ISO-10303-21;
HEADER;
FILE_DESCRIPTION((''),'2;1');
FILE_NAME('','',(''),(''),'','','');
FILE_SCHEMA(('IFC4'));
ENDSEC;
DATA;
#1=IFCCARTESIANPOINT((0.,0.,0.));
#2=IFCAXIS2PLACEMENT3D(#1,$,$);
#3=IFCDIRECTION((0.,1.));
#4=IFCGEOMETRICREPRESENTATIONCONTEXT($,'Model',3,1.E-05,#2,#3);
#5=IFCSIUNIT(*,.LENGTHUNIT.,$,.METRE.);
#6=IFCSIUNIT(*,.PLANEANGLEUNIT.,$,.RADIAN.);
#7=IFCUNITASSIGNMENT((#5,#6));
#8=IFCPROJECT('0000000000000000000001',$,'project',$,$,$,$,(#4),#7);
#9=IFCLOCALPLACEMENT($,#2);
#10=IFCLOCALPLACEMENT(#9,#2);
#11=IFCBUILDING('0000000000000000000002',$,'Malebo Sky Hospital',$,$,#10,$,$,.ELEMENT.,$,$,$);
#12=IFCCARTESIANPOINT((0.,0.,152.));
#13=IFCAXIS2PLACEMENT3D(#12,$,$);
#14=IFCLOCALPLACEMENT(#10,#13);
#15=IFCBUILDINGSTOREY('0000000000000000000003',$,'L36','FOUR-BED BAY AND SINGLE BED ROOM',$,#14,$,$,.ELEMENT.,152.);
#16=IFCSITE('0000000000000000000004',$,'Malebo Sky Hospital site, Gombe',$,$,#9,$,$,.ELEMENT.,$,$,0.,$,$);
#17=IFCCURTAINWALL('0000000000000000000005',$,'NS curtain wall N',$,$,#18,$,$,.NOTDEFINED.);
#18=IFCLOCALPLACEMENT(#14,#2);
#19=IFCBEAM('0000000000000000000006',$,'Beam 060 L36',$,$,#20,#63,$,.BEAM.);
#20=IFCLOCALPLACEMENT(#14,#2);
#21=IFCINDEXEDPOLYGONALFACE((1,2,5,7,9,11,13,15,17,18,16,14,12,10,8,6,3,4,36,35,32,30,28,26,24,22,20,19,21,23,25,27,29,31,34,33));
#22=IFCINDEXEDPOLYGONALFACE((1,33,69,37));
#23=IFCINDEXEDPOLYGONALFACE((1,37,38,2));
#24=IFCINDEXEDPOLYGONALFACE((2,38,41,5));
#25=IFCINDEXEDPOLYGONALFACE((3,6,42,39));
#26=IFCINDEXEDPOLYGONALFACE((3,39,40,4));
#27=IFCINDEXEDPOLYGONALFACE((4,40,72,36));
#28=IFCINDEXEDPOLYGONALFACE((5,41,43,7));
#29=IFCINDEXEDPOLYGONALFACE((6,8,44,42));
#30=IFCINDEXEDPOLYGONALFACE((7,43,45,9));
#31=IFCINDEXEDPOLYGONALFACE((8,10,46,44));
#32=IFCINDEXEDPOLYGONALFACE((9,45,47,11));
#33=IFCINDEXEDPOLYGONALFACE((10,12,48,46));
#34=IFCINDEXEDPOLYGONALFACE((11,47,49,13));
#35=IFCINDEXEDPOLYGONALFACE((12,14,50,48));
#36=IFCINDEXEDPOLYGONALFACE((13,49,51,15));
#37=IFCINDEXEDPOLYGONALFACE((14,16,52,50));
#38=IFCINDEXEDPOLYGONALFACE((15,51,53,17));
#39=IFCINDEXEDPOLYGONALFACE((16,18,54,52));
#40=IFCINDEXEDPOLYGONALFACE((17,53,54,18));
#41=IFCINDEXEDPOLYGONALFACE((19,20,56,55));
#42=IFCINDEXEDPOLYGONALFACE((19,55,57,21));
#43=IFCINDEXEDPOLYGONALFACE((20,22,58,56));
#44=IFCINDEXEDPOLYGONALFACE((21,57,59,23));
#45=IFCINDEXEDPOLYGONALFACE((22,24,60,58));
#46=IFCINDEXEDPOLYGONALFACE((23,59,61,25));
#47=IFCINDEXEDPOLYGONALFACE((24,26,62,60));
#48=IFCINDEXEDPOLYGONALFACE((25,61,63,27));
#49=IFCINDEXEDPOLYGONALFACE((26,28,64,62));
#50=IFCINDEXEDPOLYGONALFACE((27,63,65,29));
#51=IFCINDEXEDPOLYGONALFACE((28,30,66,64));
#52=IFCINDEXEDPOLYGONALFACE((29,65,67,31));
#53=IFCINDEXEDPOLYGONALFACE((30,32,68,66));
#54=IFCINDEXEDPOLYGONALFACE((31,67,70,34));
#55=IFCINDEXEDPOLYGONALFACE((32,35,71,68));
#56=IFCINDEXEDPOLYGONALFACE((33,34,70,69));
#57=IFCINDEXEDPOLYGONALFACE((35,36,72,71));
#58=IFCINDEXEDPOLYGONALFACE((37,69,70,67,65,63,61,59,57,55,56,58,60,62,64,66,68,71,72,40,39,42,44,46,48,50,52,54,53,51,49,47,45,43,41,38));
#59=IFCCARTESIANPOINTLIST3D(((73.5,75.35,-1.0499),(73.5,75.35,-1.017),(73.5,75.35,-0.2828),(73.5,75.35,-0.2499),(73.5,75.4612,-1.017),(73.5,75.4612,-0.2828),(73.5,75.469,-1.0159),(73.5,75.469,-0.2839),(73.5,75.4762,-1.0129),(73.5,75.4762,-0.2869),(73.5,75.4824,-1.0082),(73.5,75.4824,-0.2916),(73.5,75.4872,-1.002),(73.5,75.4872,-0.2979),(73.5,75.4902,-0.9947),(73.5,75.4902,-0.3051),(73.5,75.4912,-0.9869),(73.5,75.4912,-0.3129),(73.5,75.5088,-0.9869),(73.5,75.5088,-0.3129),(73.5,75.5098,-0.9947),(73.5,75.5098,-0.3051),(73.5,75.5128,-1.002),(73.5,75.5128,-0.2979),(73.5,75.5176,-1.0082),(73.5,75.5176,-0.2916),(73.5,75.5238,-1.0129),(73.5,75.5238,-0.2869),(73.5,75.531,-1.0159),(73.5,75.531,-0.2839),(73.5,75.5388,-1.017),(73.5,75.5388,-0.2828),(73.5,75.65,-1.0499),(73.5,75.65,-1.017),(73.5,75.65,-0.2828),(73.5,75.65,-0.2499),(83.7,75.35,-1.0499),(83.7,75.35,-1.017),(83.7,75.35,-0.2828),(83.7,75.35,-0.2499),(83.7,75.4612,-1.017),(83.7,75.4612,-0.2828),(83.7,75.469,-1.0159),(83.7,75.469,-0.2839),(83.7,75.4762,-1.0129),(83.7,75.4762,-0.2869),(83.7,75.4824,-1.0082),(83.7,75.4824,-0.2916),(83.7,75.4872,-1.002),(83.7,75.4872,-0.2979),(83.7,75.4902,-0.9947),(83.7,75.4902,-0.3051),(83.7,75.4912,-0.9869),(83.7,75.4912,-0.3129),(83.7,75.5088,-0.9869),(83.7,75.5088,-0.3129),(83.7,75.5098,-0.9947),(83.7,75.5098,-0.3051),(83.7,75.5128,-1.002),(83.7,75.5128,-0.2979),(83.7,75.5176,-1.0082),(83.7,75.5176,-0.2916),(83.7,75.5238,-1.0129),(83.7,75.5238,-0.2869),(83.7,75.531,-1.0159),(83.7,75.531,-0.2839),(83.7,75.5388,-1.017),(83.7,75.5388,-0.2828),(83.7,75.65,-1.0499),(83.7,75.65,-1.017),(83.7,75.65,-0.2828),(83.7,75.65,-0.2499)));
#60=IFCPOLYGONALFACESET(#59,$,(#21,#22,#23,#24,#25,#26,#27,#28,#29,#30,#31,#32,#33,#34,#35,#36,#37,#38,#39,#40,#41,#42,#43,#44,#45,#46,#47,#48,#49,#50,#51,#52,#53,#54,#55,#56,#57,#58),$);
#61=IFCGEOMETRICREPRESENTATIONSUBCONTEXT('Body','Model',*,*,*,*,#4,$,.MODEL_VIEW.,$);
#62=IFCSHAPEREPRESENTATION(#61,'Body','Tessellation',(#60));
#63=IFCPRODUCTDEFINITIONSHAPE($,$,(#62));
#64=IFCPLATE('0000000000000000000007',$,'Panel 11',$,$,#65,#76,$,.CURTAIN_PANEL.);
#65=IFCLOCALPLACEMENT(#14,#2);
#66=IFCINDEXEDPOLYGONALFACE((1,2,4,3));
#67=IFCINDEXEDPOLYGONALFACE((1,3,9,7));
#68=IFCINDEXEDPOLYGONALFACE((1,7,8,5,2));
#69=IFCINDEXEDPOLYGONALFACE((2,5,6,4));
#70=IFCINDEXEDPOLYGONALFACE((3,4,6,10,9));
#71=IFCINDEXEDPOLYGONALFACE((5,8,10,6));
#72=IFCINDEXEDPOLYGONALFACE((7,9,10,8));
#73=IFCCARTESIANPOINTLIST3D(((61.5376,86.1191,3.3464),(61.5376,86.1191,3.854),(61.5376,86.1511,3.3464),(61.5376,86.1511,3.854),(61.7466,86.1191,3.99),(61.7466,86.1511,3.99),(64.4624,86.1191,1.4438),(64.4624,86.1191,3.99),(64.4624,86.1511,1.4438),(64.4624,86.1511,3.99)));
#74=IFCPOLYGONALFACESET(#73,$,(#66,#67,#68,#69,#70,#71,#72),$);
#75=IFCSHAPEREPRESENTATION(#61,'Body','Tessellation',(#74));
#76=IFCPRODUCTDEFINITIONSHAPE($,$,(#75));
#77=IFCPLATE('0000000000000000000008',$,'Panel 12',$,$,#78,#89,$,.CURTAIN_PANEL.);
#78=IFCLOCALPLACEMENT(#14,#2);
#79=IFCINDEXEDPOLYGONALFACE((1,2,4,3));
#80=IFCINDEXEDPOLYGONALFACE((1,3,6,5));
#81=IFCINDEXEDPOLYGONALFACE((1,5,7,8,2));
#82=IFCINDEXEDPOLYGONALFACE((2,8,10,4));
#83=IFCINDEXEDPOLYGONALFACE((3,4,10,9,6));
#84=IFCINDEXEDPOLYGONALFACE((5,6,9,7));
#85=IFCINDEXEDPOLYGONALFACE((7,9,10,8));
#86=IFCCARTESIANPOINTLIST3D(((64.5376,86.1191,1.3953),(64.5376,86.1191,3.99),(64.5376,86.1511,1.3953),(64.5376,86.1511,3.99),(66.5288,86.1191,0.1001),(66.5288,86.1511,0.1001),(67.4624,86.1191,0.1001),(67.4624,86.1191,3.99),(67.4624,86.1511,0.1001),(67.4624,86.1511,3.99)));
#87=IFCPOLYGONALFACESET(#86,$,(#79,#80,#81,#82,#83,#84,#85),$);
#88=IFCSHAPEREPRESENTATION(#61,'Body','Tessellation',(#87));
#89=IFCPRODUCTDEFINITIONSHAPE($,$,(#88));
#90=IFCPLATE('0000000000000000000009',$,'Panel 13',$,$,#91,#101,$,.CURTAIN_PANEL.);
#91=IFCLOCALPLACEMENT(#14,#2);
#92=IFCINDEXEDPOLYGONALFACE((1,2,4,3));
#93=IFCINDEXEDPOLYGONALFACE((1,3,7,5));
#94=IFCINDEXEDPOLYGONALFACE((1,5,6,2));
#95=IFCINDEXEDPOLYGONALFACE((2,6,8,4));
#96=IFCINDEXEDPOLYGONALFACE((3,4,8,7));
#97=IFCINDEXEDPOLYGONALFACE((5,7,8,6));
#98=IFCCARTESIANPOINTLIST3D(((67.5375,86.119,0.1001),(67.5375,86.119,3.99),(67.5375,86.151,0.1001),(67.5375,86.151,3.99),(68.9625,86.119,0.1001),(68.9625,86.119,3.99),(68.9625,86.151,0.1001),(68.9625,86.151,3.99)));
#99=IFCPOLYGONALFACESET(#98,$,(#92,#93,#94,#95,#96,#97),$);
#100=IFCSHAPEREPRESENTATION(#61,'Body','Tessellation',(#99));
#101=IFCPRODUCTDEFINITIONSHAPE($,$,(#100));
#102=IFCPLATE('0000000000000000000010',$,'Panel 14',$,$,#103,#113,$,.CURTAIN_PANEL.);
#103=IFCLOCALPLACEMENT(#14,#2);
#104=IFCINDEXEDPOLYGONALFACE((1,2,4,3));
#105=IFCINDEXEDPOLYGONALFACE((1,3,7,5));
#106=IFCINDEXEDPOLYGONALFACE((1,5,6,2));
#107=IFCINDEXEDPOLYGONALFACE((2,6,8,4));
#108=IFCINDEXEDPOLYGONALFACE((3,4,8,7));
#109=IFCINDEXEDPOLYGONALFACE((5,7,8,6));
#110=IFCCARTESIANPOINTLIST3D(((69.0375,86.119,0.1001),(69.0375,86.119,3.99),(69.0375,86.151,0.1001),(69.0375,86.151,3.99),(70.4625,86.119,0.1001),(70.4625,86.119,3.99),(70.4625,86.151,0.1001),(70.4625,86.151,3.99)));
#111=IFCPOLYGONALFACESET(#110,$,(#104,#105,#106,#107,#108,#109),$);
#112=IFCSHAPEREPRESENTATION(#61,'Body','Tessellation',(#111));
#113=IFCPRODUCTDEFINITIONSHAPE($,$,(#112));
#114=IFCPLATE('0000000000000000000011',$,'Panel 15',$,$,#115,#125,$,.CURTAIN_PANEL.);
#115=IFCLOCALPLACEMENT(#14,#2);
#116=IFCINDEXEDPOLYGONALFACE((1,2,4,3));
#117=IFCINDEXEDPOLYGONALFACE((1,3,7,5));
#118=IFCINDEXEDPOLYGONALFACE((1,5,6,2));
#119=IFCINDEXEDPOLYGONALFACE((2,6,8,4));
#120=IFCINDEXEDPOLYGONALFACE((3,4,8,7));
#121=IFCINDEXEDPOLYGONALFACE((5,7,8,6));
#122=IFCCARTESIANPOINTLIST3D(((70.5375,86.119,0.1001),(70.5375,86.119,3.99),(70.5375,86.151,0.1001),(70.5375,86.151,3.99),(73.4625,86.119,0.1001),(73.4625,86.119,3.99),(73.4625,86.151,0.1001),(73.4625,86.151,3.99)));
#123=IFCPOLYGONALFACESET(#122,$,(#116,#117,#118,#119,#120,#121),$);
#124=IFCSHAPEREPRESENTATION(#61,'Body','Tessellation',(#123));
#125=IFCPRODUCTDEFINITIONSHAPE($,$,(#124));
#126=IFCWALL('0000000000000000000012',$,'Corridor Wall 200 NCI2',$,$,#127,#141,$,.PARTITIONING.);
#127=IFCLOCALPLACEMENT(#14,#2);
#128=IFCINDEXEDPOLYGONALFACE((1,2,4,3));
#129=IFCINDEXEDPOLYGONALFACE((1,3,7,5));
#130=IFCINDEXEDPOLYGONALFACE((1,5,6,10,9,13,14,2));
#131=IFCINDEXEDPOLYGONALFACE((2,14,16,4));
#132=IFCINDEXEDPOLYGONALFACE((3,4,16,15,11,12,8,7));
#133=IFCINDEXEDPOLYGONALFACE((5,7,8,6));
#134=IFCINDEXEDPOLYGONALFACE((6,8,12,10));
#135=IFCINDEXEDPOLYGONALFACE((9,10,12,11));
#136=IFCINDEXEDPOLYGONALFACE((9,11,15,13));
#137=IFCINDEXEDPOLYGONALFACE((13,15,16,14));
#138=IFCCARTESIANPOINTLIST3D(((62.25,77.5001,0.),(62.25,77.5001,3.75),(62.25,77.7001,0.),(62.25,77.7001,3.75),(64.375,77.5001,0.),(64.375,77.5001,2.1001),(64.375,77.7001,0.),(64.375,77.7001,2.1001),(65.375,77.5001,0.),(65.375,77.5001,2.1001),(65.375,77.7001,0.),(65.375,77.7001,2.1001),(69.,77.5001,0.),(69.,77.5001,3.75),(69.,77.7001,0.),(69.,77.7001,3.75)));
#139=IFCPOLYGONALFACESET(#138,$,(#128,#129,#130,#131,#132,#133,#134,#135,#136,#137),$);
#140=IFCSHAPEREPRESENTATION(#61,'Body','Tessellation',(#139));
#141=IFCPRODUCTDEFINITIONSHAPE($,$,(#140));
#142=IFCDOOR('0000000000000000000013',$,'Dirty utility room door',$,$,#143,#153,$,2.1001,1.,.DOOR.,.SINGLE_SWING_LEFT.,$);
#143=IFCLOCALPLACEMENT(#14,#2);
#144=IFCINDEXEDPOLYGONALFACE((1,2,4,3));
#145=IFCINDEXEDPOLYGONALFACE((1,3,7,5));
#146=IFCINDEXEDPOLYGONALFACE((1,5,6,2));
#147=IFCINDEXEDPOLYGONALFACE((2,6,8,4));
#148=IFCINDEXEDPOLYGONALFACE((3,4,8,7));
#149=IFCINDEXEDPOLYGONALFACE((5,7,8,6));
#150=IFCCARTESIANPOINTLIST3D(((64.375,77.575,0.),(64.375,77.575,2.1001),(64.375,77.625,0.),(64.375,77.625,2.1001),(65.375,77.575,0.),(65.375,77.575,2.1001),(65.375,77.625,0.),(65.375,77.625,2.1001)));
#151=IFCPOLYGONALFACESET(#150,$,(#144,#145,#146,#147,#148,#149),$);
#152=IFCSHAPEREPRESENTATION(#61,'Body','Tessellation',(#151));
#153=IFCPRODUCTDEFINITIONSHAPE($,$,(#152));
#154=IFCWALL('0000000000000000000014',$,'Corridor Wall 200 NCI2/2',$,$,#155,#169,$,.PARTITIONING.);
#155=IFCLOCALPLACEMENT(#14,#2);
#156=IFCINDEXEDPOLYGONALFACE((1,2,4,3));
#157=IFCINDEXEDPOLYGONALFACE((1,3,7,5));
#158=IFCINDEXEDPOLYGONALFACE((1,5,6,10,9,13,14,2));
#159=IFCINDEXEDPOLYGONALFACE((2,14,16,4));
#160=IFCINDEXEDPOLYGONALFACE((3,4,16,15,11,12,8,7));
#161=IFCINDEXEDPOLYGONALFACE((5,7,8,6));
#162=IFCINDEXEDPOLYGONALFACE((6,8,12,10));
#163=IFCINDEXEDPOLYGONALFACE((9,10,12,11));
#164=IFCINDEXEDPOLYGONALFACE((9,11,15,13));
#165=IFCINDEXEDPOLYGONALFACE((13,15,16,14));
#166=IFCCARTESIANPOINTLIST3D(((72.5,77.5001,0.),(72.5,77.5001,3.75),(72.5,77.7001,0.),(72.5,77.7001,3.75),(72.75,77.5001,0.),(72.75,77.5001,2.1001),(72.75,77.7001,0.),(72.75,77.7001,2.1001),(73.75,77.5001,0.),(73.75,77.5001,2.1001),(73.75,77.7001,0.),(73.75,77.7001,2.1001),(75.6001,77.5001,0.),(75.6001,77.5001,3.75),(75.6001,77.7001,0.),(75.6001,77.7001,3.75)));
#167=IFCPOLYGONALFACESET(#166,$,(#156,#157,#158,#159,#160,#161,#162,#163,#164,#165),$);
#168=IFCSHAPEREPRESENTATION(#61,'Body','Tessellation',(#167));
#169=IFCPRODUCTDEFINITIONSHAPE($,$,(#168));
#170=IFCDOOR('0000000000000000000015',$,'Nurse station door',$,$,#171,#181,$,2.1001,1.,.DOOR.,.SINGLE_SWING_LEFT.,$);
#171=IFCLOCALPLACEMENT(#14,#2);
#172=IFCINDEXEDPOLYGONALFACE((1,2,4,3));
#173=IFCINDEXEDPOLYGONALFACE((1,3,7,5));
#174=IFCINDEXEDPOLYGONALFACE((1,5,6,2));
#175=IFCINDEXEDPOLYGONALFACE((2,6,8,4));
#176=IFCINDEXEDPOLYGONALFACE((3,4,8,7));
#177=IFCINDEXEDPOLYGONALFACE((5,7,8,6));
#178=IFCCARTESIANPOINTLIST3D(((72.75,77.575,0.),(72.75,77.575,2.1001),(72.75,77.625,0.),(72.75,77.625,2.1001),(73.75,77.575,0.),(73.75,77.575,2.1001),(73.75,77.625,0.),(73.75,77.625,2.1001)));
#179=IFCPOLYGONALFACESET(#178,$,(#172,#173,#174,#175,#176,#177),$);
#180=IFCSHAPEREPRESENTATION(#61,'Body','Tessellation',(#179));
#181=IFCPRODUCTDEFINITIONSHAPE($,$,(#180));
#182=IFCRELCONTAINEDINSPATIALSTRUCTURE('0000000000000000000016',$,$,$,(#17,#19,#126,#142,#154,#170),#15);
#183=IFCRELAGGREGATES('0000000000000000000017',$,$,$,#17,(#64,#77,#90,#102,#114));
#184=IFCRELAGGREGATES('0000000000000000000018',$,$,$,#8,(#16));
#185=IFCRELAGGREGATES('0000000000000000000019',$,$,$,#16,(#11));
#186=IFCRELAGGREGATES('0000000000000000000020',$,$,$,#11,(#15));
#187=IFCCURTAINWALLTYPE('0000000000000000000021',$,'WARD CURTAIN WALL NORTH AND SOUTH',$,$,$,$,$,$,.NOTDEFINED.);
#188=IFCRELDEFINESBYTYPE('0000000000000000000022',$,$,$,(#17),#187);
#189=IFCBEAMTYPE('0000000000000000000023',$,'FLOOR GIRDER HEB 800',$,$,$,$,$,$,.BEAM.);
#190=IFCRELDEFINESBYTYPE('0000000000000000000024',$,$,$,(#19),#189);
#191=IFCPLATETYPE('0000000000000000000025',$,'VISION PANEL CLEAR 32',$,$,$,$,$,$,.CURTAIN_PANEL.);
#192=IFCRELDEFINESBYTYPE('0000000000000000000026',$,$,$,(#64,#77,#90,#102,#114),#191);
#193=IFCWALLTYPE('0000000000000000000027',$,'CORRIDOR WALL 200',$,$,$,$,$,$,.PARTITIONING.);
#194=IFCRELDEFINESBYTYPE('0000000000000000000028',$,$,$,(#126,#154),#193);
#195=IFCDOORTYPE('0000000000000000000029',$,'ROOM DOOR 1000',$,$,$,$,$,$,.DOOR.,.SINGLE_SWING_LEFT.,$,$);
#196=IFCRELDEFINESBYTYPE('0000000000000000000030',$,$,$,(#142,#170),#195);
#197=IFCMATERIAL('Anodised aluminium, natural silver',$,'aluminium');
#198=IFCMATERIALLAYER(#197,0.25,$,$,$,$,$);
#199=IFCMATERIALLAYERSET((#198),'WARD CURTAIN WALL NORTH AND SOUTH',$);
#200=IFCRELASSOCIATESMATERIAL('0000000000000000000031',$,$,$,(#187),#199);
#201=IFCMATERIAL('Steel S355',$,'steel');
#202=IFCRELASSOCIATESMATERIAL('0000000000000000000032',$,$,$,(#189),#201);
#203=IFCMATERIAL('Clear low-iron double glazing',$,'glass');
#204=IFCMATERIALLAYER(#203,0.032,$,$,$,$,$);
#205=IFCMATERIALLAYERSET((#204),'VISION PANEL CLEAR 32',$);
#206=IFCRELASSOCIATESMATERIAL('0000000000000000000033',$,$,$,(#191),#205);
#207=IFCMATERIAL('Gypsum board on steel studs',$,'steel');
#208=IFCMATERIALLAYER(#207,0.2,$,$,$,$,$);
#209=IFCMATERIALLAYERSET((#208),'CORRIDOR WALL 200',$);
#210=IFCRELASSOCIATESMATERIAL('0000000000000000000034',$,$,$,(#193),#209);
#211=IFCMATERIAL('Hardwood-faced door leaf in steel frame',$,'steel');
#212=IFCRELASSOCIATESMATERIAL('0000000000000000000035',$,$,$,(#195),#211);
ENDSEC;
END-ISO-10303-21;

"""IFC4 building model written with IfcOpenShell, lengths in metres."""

from ifc_helpers import new_model, si_unit, direction, frame, frame_2d, origin, origin_2d, place, context, subcontext, project, spatial, polyline, rectangle, i_section, outline, extrude, material, layer, layer_set, material_profile, profile_set, type_object, element, fill, aggregate, save


model = new_model("IFC4")

# Units and contexts
model_context = context("Model", 3, precision=1e-05, world=origin(), true_north=direction((0.0, 1.0)))
body_context = subcontext(model_context, "Body", "Model", "MODEL_VIEW")
ifc_project = project(units=[si_unit("LENGTHUNIT", "METRE"), si_unit("PLANEANGLEUNIT", "RADIAN")], contexts=[model_context])

# Site, building, storey
site_placement = place(None, origin())
site = spatial("IfcSite", under=ifc_project, at=site_placement, Name="Malebo Sky Hospital site, Gombe", CompositionType="ELEMENT", RefElevation=0.0)
building_placement = place(site_placement, origin())
building = spatial("IfcBuilding", under=site, at=building_placement, Name="Malebo Sky Hospital", CompositionType="ELEMENT")
storey_placement = place(building_placement, frame((0.0, 0.0, 152.0)))
storey = spatial("IfcBuildingStorey", under=building, at=storey_placement, Name="L36", Description="FOUR-BED BAY AND SINGLE BED ROOM", CompositionType="ELEMENT", Elevation=152.0)

# Curtain wall
ifc_material_1 = material(Name="Anodised aluminium, natural silver", Category="aluminium")
ifc_layer_1 = layer(ifc_material_1, 0.25)
ifc_layer_set_1 = layer_set([ifc_layer_1], Name="WARD CURTAIN WALL NORTH AND SOUTH")
curtain_wall_type = type_object("IfcCurtainWallType", Name="WARD CURTAIN WALL NORTH AND SOUTH", PredefinedType="NOTDEFINED", material=ifc_layer_set_1)
curtain_wall_placement = place(storey_placement, origin())
curtain_wall = element("IfcCurtainWall", 1, at=curtain_wall_placement, inside=storey, type_object=curtain_wall_type, Name="NS curtain wall N", PredefinedType="NOTDEFINED")

# Shared definitions
ifc_material_2 = material(Name="Steel S355", Category="steel")

# Beam
ifc_material_profile_1 = material_profile(ifc_material_2, i_section(OverallWidth=0.3, OverallDepth=0.8, WebThickness=0.0176, FlangeThickness=0.033, FilletRadius=0.03, at=origin_2d()), Name="HEB 800")
ifc_profile_set_1 = profile_set([ifc_material_profile_1], Name="Steel S355")
beam_type_1 = type_object("IfcBeamType", Name="FLOOR GIRDER HEB 800", PredefinedType="BEAM", material=ifc_profile_set_1)
for number, where, z_axis, x_axis, name in (
    (2, (73.5, 75.5, -0.6499), (1.0, 0.0, 0.0), (0.0, 1.0, 0.0), "Beam 060 L36"),
):
    element("IfcBeam", number, at=place(storey_placement, frame(where, z_axis=z_axis, x_axis=x_axis)), inside=storey, type_object=beam_type_1, Name=name, PredefinedType="BEAM", context=body_context, shape_type="SweptSolid", body=[
        extrude(i_section(OverallWidth=0.3, OverallDepth=0.8, WebThickness=0.0176, FlangeThickness=0.033, FilletRadius=0.03, at=origin_2d()), origin(), (0.0, 0.0, 1.0), 10.2),
    ])

# Plates
ifc_material_3 = material(Name="Clear low-iron double glazing", Category="glass")
ifc_layer_2 = layer(ifc_material_3, 0.032)
ifc_layer_set_2 = layer_set([ifc_layer_2], Name="VISION PANEL CLEAR 32")
plate_type = type_object("IfcPlateType", Name="VISION PANEL CLEAR 32", PredefinedType="CURTAIN_PANEL", material=ifc_layer_set_2)
plate_1_placement = place(storey_placement, frame((63.0, 86.135, 1.4438), z_axis=(0.0, 0.0, 1.0), x_axis=(1.0, 0.0, 0.0)))
plate_1 = element("IfcPlate", 3, at=plate_1_placement, type_object=plate_type, Name="Panel 11", PredefinedType="CURTAIN_PANEL", context=body_context, shape_type="SweptSolid", body=[
    extrude(outline(polyline([(1.4624, 0.0), (1.4624, 2.5461), (-1.2534, 2.5461), (-1.4624, 2.4102), (-1.4624, 1.9026), (1.4624, 0.0)])), frame((0.0, 0.0161, 0.0), z_axis=(0.0, -1.0, 0.0), x_axis=(1.0, 0.0, 0.0)), (0.0, 0.0, 1.0), 0.032),
])
plate_2_placement = place(storey_placement, frame((66.0, 86.135, 0.1001), z_axis=(0.0, 0.0, 1.0), x_axis=(1.0, 0.0, 0.0)))
plate_2 = element("IfcPlate", 4, at=plate_2_placement, type_object=plate_type, Name="Panel 12", PredefinedType="CURTAIN_PANEL", context=body_context, shape_type="SweptSolid", body=[
    extrude(outline(polyline([(0.5288, 0.0), (1.4624, 0.0), (1.4624, 3.8899), (-1.4624, 3.8899), (-1.4624, 1.2952), (0.5288, 0.0)])), frame((0.0, 0.0161, 0.0), z_axis=(0.0, -1.0, 0.0), x_axis=(1.0, 0.0, 0.0)), (0.0, 0.0, 1.0), 0.032),
])
plate_3_placement = place(storey_placement, frame((68.25, 86.135, 0.1001), z_axis=(0.0, 0.0, 1.0), x_axis=(1.0, 0.0, 0.0)))
plate_3 = element("IfcPlate", 5, at=plate_3_placement, type_object=plate_type, Name="Panel 13", PredefinedType="CURTAIN_PANEL", context=body_context, shape_type="SweptSolid", body=[
    extrude(rectangle(XDim=1.425, YDim=0.032, at=origin_2d()), origin(), (0.0, 0.0, 1.0), 3.8899),
])
plate_4_placement = place(storey_placement, frame((69.75, 86.135, 0.1001), z_axis=(0.0, 0.0, 1.0), x_axis=(1.0, 0.0, 0.0)))
plate_4 = element("IfcPlate", 6, at=plate_4_placement, type_object=plate_type, Name="Panel 14", PredefinedType="CURTAIN_PANEL", context=body_context, shape_type="SweptSolid", body=[
    extrude(rectangle(XDim=1.425, YDim=0.032, at=origin_2d()), origin(), (0.0, 0.0, 1.0), 3.8899),
])
plate_5_placement = place(storey_placement, frame((72.0, 86.135, 0.1001), z_axis=(0.0, 0.0, 1.0), x_axis=(1.0, 0.0, 0.0)))
plate_5 = element("IfcPlate", 7, at=plate_5_placement, type_object=plate_type, Name="Panel 15", PredefinedType="CURTAIN_PANEL", context=body_context, shape_type="SweptSolid", body=[
    extrude(rectangle(XDim=2.925, YDim=0.032, at=origin_2d()), origin(), (0.0, 0.0, 1.0), 3.8899),
])
aggregate(curtain_wall, [plate_1, plate_2, plate_3, plate_4, plate_5])

# Walls, openings, doors
ifc_material_4 = material(Name="Gypsum board on steel studs", Category="steel")
ifc_layer_3 = layer(ifc_material_4, 0.2)
ifc_layer_set_3 = layer_set([ifc_layer_3], Name="CORRIDOR WALL 200")
wall_type_1 = type_object("IfcWallType", Name="CORRIDOR WALL 200", PredefinedType="PARTITIONING", material=ifc_layer_set_3)
wall_1_placement = place(storey_placement, frame((62.25, 77.6001, 0.0), z_axis=(0.0, 0.0, 1.0), x_axis=(1.0, 0.0, 0.0)))
wall_1 = element("IfcWall", 8, at=wall_1_placement, inside=storey, type_object=wall_type_1, Name="Corridor Wall 200 NCI2", PredefinedType="PARTITIONING", context=body_context, shape_type="SweptSolid", body=[
    extrude(rectangle(XDim=6.75, YDim=0.2, at=frame_2d((3.375, 0.0))), origin(), (0.0, 0.0, 1.0), 3.75),
])
opening_1_placement = place(wall_1_placement, frame((2.125, 0.0, 0.0)))
opening_1 = element("IfcOpeningElement", 9, at=opening_1_placement, cuts=wall_1, PredefinedType="OPENING", context=body_context, shape_type="SweptSolid", body=[
    extrude(rectangle(XDim=1.0, YDim=2.1001, at=frame_2d((0.5, 1.05))), frame((0.0, 0.1099, 0.0), z_axis=(0.0, -1.0, 0.0), x_axis=(1.0, 0.0, 0.0)), (0.0, 0.0, 1.0), 0.22),
])
ifc_material_5 = material(Name="Hardwood-faced door leaf in steel frame", Category="steel")
door_type_1 = type_object("IfcDoorType", Name="ROOM DOOR 1000", OperationType="SINGLE_SWING_LEFT", PredefinedType="DOOR", material=ifc_material_5)
door_1_placement = place(opening_1_placement, origin())
door_1 = element("IfcDoor", 10, at=door_1_placement, inside=storey, type_object=door_type_1, Name="Dirty utility room door", OperationType="SINGLE_SWING_LEFT", OverallHeight=2.1001, OverallWidth=1.0, PredefinedType="DOOR", context=body_context, shape_type="SweptSolid", body=[
    extrude(rectangle(XDim=1.0, YDim=2.1001, at=frame_2d((0.5, 1.05))), frame((0.0, 0.0249, 0.0), z_axis=(0.0, -1.0, 0.0), x_axis=(1.0, 0.0, 0.0)), (0.0, 0.0, 1.0), 0.05),
])
fill(opening_1, door_1)
wall_2_placement = place(storey_placement, frame((72.5, 77.6001, 0.0), z_axis=(0.0, 0.0, 1.0), x_axis=(1.0, 0.0, 0.0)))
wall_2 = element("IfcWall", 11, at=wall_2_placement, inside=storey, type_object=wall_type_1, Name="Corridor Wall 200 NCI2/2", PredefinedType="PARTITIONING", context=body_context, shape_type="SweptSolid", body=[
    extrude(rectangle(XDim=3.1001, YDim=0.2, at=frame_2d((1.55, 0.0))), origin(), (0.0, 0.0, 1.0), 3.75),
])
opening_2_placement = place(wall_2_placement, frame((0.25, 0.0, 0.0)))
opening_2 = element("IfcOpeningElement", 12, at=opening_2_placement, cuts=wall_2, PredefinedType="OPENING", context=body_context, shape_type="SweptSolid", body=[
    extrude(rectangle(XDim=1.0, YDim=2.1001, at=frame_2d((0.5, 1.05))), frame((0.0, 0.1099, 0.0), z_axis=(0.0, -1.0, 0.0), x_axis=(1.0, 0.0, 0.0)), (0.0, 0.0, 1.0), 0.22),
])
door_2_placement = place(opening_2_placement, origin())
door_2 = element("IfcDoor", 13, at=door_2_placement, inside=storey, type_object=door_type_1, Name="Nurse station door", OperationType="SINGLE_SWING_LEFT", OverallHeight=2.1001, OverallWidth=1.0, PredefinedType="DOOR", context=body_context, shape_type="SweptSolid", body=[
    extrude(rectangle(XDim=1.0, YDim=2.1001, at=frame_2d((0.5, 1.05))), frame((0.0, 0.0249, 0.0), z_axis=(0.0, -1.0, 0.0), x_axis=(1.0, 0.0, 0.0)), (0.0, 0.0, 1.0), 0.05),
])
fill(opening_2, door_2)

save(model, "model.ifc")
